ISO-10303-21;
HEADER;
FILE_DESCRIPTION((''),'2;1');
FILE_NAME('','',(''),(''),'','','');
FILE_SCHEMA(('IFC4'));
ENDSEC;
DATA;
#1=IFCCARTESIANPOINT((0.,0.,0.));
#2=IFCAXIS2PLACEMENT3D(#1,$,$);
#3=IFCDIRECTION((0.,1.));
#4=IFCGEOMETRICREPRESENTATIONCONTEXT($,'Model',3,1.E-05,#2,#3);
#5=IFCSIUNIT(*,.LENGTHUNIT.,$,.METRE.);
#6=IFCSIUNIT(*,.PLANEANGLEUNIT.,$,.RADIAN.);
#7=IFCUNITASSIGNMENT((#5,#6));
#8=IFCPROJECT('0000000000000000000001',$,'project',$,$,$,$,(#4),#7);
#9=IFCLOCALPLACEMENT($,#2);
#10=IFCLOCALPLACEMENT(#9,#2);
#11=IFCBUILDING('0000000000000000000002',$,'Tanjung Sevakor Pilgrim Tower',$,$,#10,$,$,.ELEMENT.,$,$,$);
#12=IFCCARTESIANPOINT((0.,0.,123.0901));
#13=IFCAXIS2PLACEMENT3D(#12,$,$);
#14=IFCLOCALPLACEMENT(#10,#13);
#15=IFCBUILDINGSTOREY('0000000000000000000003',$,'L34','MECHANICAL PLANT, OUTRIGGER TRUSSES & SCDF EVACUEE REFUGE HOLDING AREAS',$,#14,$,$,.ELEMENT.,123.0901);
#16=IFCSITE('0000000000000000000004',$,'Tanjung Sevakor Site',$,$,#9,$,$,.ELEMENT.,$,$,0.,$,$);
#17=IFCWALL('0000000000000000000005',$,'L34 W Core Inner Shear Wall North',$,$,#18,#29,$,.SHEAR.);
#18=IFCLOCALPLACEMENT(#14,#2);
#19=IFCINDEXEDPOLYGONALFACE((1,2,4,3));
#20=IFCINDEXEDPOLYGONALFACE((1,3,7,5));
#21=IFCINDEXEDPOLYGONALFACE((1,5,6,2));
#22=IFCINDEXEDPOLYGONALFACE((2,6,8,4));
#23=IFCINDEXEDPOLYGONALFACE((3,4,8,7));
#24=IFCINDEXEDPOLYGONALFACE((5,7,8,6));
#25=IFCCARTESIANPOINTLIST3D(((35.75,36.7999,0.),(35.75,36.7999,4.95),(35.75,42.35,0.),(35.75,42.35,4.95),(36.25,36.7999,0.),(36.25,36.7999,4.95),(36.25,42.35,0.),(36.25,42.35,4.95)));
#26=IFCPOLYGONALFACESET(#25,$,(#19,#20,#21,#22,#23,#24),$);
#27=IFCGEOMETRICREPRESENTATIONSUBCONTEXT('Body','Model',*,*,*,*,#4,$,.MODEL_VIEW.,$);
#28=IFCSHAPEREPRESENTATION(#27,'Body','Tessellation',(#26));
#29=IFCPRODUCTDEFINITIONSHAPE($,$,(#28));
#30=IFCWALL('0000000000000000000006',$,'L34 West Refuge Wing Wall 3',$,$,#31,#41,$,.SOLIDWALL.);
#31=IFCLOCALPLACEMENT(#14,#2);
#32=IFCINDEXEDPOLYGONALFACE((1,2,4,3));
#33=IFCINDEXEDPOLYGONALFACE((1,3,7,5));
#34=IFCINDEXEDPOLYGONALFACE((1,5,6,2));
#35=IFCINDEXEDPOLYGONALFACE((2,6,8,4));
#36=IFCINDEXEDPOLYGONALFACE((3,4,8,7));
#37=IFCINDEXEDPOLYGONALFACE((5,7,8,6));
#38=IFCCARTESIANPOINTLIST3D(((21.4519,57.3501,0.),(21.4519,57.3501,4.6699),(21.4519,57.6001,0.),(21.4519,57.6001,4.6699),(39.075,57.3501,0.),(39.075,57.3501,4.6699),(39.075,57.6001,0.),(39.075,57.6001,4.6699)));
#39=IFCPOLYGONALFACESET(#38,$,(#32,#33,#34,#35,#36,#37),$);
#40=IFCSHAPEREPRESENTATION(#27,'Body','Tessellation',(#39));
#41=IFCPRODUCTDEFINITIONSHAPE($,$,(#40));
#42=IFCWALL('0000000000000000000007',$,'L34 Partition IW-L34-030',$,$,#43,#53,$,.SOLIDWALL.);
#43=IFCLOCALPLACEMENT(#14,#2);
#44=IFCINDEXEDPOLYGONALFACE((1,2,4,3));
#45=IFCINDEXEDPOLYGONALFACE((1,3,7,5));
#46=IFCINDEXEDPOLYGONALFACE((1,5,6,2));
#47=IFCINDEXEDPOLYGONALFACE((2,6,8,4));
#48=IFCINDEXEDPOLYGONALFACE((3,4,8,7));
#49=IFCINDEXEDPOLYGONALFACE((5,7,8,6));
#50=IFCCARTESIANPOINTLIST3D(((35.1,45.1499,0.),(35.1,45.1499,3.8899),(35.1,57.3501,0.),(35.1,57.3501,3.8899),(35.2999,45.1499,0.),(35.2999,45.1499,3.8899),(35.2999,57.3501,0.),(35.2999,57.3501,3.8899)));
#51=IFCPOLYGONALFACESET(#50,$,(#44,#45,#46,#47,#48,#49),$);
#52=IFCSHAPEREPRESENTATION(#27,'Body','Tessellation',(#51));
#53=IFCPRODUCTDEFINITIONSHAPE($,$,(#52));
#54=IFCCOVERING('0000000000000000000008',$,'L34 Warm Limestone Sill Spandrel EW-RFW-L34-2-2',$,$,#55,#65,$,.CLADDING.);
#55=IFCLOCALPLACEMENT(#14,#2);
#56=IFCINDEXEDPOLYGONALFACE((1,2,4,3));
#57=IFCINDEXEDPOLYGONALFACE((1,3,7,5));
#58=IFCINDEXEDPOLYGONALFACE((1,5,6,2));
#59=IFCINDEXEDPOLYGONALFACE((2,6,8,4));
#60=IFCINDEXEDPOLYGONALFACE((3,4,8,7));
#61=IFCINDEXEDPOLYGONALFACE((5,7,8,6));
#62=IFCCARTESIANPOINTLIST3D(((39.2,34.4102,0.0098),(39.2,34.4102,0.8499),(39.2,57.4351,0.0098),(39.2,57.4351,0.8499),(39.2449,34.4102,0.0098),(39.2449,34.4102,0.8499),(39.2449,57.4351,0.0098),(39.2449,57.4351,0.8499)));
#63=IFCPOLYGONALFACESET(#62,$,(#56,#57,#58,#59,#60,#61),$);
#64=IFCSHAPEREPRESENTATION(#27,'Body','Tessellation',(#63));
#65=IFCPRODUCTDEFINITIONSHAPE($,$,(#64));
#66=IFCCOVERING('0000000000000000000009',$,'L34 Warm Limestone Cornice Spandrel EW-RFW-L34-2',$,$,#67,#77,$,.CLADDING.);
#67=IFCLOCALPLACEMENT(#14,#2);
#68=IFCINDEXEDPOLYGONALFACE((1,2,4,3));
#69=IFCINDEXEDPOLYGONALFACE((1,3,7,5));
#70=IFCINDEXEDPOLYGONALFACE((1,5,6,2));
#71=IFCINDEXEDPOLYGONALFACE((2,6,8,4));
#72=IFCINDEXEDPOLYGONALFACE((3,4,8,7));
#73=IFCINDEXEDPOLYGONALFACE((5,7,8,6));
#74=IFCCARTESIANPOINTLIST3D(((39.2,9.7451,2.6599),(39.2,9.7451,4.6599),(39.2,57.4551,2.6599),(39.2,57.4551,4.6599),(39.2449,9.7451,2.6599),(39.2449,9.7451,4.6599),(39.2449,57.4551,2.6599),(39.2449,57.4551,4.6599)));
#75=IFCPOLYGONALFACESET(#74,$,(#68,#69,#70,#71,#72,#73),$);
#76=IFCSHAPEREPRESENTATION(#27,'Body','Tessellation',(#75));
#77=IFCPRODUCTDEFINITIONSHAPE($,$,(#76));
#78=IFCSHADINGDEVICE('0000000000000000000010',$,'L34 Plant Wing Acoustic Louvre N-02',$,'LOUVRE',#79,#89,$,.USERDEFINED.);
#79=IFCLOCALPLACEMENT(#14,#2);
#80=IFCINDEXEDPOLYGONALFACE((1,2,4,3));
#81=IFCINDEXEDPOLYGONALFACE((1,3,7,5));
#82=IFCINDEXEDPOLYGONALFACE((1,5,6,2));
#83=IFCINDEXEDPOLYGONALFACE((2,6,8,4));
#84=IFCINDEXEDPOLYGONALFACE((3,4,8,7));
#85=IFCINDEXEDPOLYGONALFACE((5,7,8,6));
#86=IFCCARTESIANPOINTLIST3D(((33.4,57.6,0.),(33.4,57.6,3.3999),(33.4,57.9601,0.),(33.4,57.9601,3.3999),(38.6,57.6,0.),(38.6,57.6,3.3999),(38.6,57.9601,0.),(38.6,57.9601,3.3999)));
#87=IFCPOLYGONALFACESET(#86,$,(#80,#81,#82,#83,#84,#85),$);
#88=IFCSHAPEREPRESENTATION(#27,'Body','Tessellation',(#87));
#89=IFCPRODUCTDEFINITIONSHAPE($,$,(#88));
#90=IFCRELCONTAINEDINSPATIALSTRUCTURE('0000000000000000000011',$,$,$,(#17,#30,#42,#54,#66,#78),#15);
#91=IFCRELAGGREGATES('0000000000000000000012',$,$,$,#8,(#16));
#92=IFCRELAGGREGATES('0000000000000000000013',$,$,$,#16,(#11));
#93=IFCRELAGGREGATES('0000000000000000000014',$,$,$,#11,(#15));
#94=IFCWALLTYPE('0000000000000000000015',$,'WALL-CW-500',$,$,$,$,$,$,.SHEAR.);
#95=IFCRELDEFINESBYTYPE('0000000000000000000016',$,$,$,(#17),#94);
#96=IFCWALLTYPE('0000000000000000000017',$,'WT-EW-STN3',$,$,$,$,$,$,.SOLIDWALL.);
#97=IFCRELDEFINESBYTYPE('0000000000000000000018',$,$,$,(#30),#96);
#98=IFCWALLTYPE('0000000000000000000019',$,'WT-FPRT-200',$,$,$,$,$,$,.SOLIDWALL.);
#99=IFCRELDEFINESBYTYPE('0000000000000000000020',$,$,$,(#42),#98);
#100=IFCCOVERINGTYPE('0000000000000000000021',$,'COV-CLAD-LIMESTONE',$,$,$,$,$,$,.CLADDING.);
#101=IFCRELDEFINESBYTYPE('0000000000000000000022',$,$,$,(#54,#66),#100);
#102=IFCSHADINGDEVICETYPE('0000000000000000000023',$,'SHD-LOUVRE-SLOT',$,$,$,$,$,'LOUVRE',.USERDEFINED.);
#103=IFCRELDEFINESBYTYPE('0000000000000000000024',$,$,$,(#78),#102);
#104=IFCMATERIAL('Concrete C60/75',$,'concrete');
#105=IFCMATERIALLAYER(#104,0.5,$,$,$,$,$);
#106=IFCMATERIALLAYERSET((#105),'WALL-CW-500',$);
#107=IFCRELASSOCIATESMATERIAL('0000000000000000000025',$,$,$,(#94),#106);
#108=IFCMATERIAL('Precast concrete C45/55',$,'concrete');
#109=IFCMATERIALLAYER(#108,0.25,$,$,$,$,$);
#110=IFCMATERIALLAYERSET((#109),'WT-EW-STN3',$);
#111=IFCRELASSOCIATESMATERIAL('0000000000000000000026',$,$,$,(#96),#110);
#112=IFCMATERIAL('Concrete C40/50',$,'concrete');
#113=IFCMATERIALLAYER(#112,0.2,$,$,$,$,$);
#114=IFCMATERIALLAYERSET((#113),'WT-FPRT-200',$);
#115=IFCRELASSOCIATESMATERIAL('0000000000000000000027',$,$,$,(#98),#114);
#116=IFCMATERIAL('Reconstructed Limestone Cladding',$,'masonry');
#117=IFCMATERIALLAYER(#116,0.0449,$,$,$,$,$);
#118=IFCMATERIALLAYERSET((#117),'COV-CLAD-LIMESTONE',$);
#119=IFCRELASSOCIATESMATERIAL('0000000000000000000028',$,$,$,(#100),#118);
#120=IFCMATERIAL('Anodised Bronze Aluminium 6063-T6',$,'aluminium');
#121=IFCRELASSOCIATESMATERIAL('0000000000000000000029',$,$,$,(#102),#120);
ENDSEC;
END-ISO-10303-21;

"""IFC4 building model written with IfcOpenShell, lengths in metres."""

from ifc_helpers import new_model, si_unit, direction, frame, frame_2d, origin, origin_2d, place, context, subcontext, project, spatial, rectangle, extrude, material, layer, layer_set, type_object, element, save


model = new_model("IFC4")

# Units and contexts
model_context = context("Model", 3, precision=1e-05, world=origin(), true_north=direction((0.0, 1.0)))
body_context = subcontext(model_context, "Body", "Model", "MODEL_VIEW")
ifc_project = project(units=[si_unit("LENGTHUNIT", "METRE"), si_unit("PLANEANGLEUNIT", "RADIAN")], contexts=[model_context])

# Site, building, storey
site_placement = place(None, origin())
site = spatial("IfcSite", under=ifc_project, at=site_placement, Name="Tanjung Sevakor Site", CompositionType="ELEMENT", RefElevation=0.0)
building_placement = place(site_placement, origin())
building = spatial("IfcBuilding", under=site, at=building_placement, Name="Tanjung Sevakor Pilgrim Tower", CompositionType="ELEMENT")
storey_placement = place(building_placement, frame((0.0, 0.0, 123.0901)))
storey = spatial("IfcBuildingStorey", under=building, at=storey_placement, Name="L34", Description="MECHANICAL PLANT, OUTRIGGER TRUSSES & SCDF EVACUEE REFUGE HOLDING AREAS", CompositionType="ELEMENT", Elevation=123.0901)

# Walls
ifc_material_1 = material(Name="Concrete C60/75", Category="concrete")
ifc_layer_1 = layer(ifc_material_1, 0.5)
ifc_layer_set_1 = layer_set([ifc_layer_1], Name="WALL-CW-500")
wall_type_1 = type_object("IfcWallType", Name="WALL-CW-500", PredefinedType="SHEAR", material=ifc_layer_set_1)
wall_1_placement = place(storey_placement, frame((36.0, 36.8, 0.0), z_axis=(0.0, 0.0, 1.0), x_axis=(0.0, 1.0, 0.0)))
element("IfcWall", 1, at=wall_1_placement, inside=storey, type_object=wall_type_1, Name="L34 W Core Inner Shear Wall North", PredefinedType="SHEAR", context=body_context, shape_type="SweptSolid", body=[
    extrude(rectangle(XDim=5.55, YDim=0.5, at=frame_2d((2.7749, 0.0))), origin(), (0.0, 0.0, 1.0), 4.95),
])
ifc_material_2 = material(Name="Precast concrete C45/55", Category="concrete")
ifc_layer_2 = layer(ifc_material_2, 0.25)
ifc_layer_set_2 = layer_set([ifc_layer_2], Name="WT-EW-STN3")
wall_type_2 = type_object("IfcWallType", Name="WT-EW-STN3", PredefinedType="SOLIDWALL", material=ifc_layer_set_2)
wall_2_placement = place(storey_placement, frame((39.075, 57.4751, 0.0), z_axis=(0.0, 0.0, 1.0), x_axis=(-1.0, 0.0, 0.0)))
element("IfcWall", 2, at=wall_2_placement, inside=storey, type_object=wall_type_2, Name="L34 West Refuge Wing Wall 3", PredefinedType="SOLIDWALL", context=body_context, shape_type="SweptSolid", body=[
    extrude(rectangle(XDim=17.623, YDim=0.25, at=frame_2d((8.8115, 0.0))), origin(), (0.0, 0.0, 1.0), 4.6699),
])
ifc_material_3 = material(Name="Concrete C40/50", Category="concrete")
ifc_layer_3 = layer(ifc_material_3, 0.2)
ifc_layer_set_3 = layer_set([ifc_layer_3], Name="WT-FPRT-200")
wall_type_3 = type_object("IfcWallType", Name="WT-FPRT-200", PredefinedType="SOLIDWALL", material=ifc_layer_set_3)
wall_3_placement = place(storey_placement, frame((35.2, 45.1499, 0.0), z_axis=(0.0, 0.0, 1.0), x_axis=(0.0, 1.0, 0.0)))
element("IfcWall", 3, at=wall_3_placement, inside=storey, type_object=wall_type_3, Name="L34 Partition IW-L34-030", PredefinedType="SOLIDWALL", context=body_context, shape_type="SweptSolid", body=[
    extrude(rectangle(XDim=12.2002, YDim=0.2, at=frame_2d((6.1001, 0.0))), origin(), (0.0, 0.0, 1.0), 3.8899),
])

# Coverings
ifc_material_4 = material(Name="Reconstructed Limestone Cladding", Category="masonry")
ifc_layer_4 = layer(ifc_material_4, 0.0449)
ifc_layer_set_4 = layer_set([ifc_layer_4], Name="COV-CLAD-LIMESTONE")
covering_type = type_object("IfcCoveringType", Name="COV-CLAD-LIMESTONE", PredefinedType="CLADDING", material=ifc_layer_set_4)
covering_1_placement = place(storey_placement, frame((39.2224, 45.9226, 0.0098), z_axis=(0.0, 0.0, 1.0), x_axis=(0.0, 1.0, 0.0)))
element("IfcCovering", 4, at=covering_1_placement, inside=storey, type_object=covering_type, Name="L34 Warm Limestone Sill Spandrel EW-RFW-L34-2-2", PredefinedType="CLADDING", context=body_context, shape_type="SweptSolid", body=[
    extrude(rectangle(XDim=23.0249, YDim=0.0449, at=origin_2d()), origin(), (0.0, 0.0, 1.0), 0.8401),
])
covering_2_placement = place(storey_placement, frame((39.2224, 33.6001, 2.6599), z_axis=(0.0, 0.0, 1.0), x_axis=(0.0, 1.0, 0.0)))
element("IfcCovering", 5, at=covering_2_placement, inside=storey, type_object=covering_type, Name="L34 Warm Limestone Cornice Spandrel EW-RFW-L34-2", PredefinedType="CLADDING", context=body_context, shape_type="SweptSolid", body=[
    extrude(rectangle(XDim=47.71, YDim=0.0449, at=origin_2d()), origin(), (0.0, 0.0, 1.0), 2.0),
])

# Shading device
ifc_material_5 = material(Name="Anodised Bronze Aluminium 6063-T6", Category="aluminium")
shading_device_type = type_object("IfcShadingDeviceType", Name="SHD-LOUVRE-SLOT", ElementType="LOUVRE", PredefinedType="USERDEFINED", material=ifc_material_5)
shading_device_placement = place(storey_placement, frame((36.0, 57.78, 0.0), z_axis=(0.0, 0.0, 1.0), x_axis=(1.0, 0.0, 0.0)))
element("IfcShadingDevice", 6, at=shading_device_placement, inside=storey, type_object=shading_device_type, Name="L34 Plant Wing Acoustic Louvre N-02", ObjectType="LOUVRE", PredefinedType="USERDEFINED", context=body_context, shape_type="SweptSolid", body=[
    extrude(rectangle(XDim=5.2, YDim=0.3601, at=origin_2d()), origin(), (0.0, 0.0, 1.0), 3.3999),
])

save(model, "model.ifc")
